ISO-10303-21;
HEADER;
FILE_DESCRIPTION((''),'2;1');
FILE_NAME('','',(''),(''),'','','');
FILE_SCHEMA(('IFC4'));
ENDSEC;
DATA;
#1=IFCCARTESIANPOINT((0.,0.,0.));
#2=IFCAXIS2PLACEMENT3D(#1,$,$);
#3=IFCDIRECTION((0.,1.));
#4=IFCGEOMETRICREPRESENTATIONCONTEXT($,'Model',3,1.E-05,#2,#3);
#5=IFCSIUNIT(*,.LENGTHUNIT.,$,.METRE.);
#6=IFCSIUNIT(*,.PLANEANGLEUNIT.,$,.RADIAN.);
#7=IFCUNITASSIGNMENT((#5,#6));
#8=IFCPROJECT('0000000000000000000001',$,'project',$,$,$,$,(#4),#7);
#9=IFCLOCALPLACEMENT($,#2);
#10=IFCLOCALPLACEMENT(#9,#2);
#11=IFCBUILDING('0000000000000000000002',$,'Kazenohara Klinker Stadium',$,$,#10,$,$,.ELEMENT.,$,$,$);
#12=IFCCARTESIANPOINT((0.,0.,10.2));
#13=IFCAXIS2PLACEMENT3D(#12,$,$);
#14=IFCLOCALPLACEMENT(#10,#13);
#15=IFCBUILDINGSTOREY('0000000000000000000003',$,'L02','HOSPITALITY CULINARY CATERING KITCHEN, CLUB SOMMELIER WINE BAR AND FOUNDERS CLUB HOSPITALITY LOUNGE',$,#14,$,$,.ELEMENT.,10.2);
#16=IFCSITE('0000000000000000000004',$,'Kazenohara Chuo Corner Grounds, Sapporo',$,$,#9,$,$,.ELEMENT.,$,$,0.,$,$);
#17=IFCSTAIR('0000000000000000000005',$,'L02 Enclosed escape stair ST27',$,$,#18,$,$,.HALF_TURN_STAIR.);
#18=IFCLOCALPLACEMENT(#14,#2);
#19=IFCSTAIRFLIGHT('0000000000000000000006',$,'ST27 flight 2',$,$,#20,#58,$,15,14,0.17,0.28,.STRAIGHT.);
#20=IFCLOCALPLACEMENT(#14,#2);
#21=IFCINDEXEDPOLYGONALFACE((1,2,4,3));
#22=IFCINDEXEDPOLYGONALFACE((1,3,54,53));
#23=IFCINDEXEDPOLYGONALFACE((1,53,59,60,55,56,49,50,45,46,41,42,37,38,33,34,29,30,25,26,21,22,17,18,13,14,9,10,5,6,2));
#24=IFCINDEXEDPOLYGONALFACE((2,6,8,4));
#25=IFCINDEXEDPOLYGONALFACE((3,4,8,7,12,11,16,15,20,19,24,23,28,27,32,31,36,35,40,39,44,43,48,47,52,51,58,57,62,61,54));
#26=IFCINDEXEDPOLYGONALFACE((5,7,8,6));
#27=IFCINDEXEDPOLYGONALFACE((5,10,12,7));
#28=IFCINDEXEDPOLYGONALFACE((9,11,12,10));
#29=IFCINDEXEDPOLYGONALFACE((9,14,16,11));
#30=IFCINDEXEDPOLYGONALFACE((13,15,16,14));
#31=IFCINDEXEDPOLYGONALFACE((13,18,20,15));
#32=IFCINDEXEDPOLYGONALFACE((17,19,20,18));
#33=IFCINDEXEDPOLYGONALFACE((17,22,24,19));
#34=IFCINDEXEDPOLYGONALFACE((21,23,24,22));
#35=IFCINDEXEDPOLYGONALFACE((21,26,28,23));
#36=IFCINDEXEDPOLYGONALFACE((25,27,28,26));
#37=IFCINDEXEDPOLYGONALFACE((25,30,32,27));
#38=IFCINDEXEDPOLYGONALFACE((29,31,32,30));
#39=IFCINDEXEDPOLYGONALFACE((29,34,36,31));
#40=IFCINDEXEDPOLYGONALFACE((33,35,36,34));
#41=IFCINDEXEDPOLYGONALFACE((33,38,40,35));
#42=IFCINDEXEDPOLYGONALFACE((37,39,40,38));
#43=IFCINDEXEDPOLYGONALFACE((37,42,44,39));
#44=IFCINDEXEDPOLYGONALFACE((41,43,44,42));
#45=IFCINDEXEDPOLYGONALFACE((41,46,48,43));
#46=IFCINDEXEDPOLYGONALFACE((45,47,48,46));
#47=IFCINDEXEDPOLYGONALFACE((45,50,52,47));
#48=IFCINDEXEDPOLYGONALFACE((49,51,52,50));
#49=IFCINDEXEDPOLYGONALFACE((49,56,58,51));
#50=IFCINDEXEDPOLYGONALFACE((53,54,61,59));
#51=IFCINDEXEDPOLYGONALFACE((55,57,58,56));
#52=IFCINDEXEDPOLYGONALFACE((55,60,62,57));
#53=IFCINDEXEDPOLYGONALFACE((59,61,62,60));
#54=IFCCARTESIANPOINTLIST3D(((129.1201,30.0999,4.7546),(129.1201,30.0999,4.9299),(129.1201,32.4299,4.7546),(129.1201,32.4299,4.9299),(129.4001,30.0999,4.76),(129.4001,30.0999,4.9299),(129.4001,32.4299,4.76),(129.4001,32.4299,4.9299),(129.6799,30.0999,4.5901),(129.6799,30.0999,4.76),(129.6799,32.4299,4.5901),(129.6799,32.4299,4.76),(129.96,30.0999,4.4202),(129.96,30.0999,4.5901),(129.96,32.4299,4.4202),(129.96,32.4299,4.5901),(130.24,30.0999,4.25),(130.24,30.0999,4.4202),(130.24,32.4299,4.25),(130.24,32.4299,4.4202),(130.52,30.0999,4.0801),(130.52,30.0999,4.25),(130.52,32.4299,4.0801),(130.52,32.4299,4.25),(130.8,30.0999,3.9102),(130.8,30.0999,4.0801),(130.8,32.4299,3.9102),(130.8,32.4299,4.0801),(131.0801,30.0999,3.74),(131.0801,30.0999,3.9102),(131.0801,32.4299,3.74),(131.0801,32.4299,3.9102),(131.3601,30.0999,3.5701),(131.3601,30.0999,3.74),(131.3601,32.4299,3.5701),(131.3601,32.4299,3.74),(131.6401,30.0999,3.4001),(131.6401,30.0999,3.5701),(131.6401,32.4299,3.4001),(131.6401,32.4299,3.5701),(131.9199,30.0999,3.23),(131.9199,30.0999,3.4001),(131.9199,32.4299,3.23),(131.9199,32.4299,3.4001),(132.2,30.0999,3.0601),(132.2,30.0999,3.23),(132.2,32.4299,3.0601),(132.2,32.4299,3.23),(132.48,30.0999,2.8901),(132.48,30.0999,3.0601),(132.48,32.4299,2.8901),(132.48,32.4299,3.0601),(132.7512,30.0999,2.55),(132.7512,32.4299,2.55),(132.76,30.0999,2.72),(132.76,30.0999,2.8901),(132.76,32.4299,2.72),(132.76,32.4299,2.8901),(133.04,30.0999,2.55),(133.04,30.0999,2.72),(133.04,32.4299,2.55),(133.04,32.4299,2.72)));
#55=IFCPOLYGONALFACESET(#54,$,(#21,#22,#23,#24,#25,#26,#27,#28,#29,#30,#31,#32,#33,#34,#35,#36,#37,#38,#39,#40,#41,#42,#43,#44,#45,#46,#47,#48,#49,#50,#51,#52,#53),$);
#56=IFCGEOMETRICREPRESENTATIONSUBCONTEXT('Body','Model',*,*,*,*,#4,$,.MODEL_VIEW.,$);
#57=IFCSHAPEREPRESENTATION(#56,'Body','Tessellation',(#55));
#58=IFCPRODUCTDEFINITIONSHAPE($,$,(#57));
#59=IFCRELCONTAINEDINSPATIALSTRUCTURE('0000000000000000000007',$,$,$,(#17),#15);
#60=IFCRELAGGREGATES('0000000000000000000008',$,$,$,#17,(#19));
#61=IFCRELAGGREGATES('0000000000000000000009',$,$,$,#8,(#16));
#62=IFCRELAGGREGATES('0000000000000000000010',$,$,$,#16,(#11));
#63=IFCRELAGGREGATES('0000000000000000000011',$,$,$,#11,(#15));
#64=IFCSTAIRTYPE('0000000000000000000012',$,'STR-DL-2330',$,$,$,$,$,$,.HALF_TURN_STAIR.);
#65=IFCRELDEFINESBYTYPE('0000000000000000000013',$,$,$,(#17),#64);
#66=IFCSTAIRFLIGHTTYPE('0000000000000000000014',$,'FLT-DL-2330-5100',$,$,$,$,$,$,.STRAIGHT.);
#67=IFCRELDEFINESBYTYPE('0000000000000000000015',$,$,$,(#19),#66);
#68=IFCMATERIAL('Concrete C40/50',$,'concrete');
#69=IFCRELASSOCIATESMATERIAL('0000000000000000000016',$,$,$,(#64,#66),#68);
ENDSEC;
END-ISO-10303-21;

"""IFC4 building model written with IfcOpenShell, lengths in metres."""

from ifc_helpers import new_model, si_unit, direction, frame, origin, place, context, subcontext, project, spatial, polyline, outline, extrude, material, type_object, element, aggregate, save


model = new_model("IFC4")

# Units and contexts
model_context = context("Model", 3, precision=1e-05, world=origin(), true_north=direction((0.0, 1.0)))
body_context = subcontext(model_context, "Body", "Model", "MODEL_VIEW")
ifc_project = project(units=[si_unit("LENGTHUNIT", "METRE"), si_unit("PLANEANGLEUNIT", "RADIAN")], contexts=[model_context])

# Site, building, storey
site_placement = place(None, origin())
site = spatial("IfcSite", under=ifc_project, at=site_placement, Name="Kazenohara Chuo Corner Grounds, Sapporo", CompositionType="ELEMENT", RefElevation=0.0)
building_placement = place(site_placement, origin())
building = spatial("IfcBuilding", under=site, at=building_placement, Name="Kazenohara Klinker Stadium", CompositionType="ELEMENT")
storey_placement = place(building_placement, frame((0.0, 0.0, 10.2)))
storey = spatial("IfcBuildingStorey", under=building, at=storey_placement, Name="L02", Description="HOSPITALITY CULINARY CATERING KITCHEN, CLUB SOMMELIER WINE BAR AND FOUNDERS CLUB HOSPITALITY LOUNGE", CompositionType="ELEMENT", Elevation=10.2)

# Shared definitions
ifc_material_1 = material(Name="Concrete C40/50", Category="concrete")

# Stair, stair flight
stair_type = type_object("IfcStairType", Name="STR-DL-2330", PredefinedType="HALF_TURN_STAIR", material=ifc_material_1)
stair_placement = place(storey_placement, origin())
stair = element("IfcStair", 1, at=stair_placement, inside=storey, type_object=stair_type, Name="L02 Enclosed escape stair ST27", PredefinedType="HALF_TURN_STAIR")
stair_flight_type = type_object("IfcStairFlightType", Name="FLT-DL-2330-5100", PredefinedType="STRAIGHT", material=ifc_material_1)
stair_flight_1_placement = place(storey_placement, frame((133.04, 31.2649, 2.55), z_axis=(0.0, 0.0, 1.0), x_axis=(-1.0, 0.0, 0.0)))
stair_flight_1 = element("IfcStairFlight", 2, at=stair_flight_1_placement, type_object=stair_flight_type, Name="ST27 flight 2", NumberOfRisers=15, NumberOfTreads=14, PredefinedType="STRAIGHT", RiserHeight=0.17, TreadLength=0.28, context=body_context, shape_type="SweptSolid", body=[
    extrude(outline(polyline([(0.0, 0.0), (0.0, 0.1699), (0.28, 0.1699), (0.28, 0.3401), (0.5601, 0.3401), (0.5601, 0.51), (0.8401, 0.51), (0.8401, 0.6799), (1.1201, 0.6799), (1.1201, 0.8501), (1.3999, 0.8501), (1.3999, 1.02), (1.6799, 1.02), (1.6799, 1.1899), (1.96, 1.1899), (1.96, 1.3601), (2.24, 1.3601), (2.24, 1.53), (2.52, 1.53), (2.52, 1.7), (2.8, 1.7), (2.8, 1.8701), (3.0801, 1.8701), (3.0801, 2.04), (3.3601, 2.04), (3.3601, 2.21), (3.6399, 2.21), (3.6399, 2.3799), (3.9199, 2.3799), (3.9199, 2.55), (3.9199, 2.2046), (0.2888, 0.0), (0.0, 0.0)])), frame((0.0, 1.165, 0.0), z_axis=(0.0, -1.0, 0.0), x_axis=(1.0, 0.0, 0.0)), (0.0, 0.0, 1.0), 2.3301),
])
aggregate(stair, [stair_flight_1])

save(model, "model.ifc")
